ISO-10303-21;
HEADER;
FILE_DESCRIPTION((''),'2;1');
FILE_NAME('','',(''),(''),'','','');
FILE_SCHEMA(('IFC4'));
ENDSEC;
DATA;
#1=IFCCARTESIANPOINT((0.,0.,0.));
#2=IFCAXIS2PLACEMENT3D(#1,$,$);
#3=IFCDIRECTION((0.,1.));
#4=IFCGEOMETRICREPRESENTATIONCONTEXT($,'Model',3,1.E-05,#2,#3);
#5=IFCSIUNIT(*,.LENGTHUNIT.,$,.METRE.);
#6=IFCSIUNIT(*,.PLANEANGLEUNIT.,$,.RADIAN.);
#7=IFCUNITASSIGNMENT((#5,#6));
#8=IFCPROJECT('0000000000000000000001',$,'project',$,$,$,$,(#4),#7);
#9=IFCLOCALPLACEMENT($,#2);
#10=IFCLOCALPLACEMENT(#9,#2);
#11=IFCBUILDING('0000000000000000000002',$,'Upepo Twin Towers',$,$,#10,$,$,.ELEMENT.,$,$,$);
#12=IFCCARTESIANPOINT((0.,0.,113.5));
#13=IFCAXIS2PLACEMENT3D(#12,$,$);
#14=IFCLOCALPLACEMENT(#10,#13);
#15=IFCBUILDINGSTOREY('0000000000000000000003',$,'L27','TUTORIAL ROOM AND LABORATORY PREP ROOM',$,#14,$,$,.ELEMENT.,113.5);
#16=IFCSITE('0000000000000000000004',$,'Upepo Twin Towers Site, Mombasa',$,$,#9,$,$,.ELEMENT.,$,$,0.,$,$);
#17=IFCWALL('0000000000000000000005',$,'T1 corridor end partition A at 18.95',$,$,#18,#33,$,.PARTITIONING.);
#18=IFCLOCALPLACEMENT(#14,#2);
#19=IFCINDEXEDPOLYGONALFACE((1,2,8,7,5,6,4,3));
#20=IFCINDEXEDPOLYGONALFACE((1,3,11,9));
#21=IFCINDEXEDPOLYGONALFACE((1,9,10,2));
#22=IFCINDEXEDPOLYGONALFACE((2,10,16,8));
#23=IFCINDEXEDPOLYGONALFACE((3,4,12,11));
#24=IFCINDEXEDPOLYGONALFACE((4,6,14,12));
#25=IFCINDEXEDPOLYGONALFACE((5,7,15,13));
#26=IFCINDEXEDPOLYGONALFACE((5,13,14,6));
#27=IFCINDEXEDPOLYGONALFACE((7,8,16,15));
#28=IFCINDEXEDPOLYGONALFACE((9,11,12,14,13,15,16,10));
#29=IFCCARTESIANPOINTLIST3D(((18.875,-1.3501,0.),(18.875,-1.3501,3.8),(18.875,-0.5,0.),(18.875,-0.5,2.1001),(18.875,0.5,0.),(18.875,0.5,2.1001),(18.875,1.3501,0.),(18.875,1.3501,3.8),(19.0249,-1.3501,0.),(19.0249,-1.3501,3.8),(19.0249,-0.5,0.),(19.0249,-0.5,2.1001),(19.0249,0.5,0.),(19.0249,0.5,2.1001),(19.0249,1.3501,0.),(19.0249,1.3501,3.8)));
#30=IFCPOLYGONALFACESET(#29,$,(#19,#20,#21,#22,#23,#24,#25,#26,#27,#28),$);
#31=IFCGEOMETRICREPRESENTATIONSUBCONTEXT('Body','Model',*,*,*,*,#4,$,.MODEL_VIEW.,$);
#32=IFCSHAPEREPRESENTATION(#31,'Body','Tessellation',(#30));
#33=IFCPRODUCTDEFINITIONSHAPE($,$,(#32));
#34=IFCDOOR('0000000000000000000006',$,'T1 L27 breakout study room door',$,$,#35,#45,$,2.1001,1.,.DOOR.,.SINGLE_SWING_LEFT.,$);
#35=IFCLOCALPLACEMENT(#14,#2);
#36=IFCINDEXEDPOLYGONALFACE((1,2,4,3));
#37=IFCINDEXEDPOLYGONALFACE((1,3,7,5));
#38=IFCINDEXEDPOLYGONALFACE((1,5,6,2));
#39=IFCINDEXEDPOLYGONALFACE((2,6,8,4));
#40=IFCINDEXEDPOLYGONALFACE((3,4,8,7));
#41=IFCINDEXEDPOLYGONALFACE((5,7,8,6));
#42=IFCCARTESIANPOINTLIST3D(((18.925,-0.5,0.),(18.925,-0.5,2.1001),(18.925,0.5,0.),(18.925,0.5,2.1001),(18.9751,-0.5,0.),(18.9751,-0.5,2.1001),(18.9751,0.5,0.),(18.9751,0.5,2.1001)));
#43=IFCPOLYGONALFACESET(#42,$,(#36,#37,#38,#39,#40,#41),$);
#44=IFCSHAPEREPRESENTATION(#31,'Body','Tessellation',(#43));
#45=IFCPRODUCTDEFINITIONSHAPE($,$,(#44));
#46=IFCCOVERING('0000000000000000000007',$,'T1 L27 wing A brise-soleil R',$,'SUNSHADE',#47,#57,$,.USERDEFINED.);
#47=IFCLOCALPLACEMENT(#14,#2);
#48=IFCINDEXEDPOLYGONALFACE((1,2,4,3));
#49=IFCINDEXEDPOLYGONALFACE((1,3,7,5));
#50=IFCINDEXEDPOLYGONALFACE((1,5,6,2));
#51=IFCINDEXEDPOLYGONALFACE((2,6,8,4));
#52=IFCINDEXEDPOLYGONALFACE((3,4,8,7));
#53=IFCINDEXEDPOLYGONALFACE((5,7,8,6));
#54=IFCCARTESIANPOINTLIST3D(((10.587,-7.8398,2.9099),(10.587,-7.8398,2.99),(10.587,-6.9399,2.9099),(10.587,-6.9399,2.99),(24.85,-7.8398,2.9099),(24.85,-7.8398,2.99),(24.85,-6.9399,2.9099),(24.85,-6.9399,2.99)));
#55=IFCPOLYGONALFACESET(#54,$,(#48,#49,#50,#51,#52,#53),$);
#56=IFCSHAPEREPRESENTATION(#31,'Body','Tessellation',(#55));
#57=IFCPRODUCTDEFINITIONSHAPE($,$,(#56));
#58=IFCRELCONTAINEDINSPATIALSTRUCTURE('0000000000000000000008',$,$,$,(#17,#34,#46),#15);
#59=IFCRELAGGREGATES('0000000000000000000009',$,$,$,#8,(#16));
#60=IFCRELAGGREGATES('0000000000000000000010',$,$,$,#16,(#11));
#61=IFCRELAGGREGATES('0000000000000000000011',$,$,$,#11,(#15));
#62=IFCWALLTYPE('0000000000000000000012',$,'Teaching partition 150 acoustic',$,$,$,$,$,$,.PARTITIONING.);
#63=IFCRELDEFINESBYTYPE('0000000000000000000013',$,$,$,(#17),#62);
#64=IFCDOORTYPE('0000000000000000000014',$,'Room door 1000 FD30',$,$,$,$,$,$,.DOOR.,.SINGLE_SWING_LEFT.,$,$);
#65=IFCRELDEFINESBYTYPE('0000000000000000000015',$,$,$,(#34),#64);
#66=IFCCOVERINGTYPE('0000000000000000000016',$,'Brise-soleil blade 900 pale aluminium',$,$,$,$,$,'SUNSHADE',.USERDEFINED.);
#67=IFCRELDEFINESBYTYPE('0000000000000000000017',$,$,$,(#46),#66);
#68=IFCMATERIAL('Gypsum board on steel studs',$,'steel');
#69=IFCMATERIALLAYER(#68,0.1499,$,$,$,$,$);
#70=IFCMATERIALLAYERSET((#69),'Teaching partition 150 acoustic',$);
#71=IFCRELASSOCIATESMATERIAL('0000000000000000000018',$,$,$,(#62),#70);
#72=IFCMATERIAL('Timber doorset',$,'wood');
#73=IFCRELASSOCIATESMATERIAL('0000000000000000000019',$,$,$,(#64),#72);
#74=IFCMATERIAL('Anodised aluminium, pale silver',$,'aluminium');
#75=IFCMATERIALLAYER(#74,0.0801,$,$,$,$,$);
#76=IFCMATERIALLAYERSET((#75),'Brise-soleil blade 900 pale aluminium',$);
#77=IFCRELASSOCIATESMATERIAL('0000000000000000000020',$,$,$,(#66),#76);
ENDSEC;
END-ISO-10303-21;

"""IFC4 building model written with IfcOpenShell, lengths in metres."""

from ifc_helpers import new_model, si_unit, direction, frame, frame_2d, origin, origin_2d, place, context, subcontext, project, spatial, rectangle, extrude, material, layer, layer_set, type_object, element, fill, save


model = new_model("IFC4")

# Units and contexts
model_context = context("Model", 3, precision=1e-05, world=origin(), true_north=direction((0.0, 1.0)))
body_context = subcontext(model_context, "Body", "Model", "MODEL_VIEW")
ifc_project = project(units=[si_unit("LENGTHUNIT", "METRE"), si_unit("PLANEANGLEUNIT", "RADIAN")], contexts=[model_context])

# Site, building, storey
site_placement = place(None, origin())
site = spatial("IfcSite", under=ifc_project, at=site_placement, Name="Upepo Twin Towers Site, Mombasa", CompositionType="ELEMENT", RefElevation=0.0)
building_placement = place(site_placement, origin())
building = spatial("IfcBuilding", under=site, at=building_placement, Name="Upepo Twin Towers", CompositionType="ELEMENT")
storey_placement = place(building_placement, frame((0.0, 0.0, 113.5)))
storey = spatial("IfcBuildingStorey", under=building, at=storey_placement, Name="L27", Description="TUTORIAL ROOM AND LABORATORY PREP ROOM", CompositionType="ELEMENT", Elevation=113.5)

# Wall, opening, door
ifc_material_1 = material(Name="Gypsum board on steel studs", Category="steel")
ifc_layer_1 = layer(ifc_material_1, 0.1499)
ifc_layer_set_1 = layer_set([ifc_layer_1], Name="Teaching partition 150 acoustic")
wall_type_1 = type_object("IfcWallType", Name="Teaching partition 150 acoustic", PredefinedType="PARTITIONING", material=ifc_layer_set_1)
wall_1_placement = place(storey_placement, frame((18.95, -1.3501, 0.0), z_axis=(0.0, 0.0, 1.0), x_axis=(0.0, 1.0, 0.0)))
wall_1 = element("IfcWall", 1, at=wall_1_placement, inside=storey, type_object=wall_type_1, Name="T1 corridor end partition A at 18.95", PredefinedType="PARTITIONING", context=body_context, shape_type="SweptSolid", body=[
    extrude(rectangle(XDim=2.7002, YDim=0.1499, at=frame_2d((1.3501, 0.0))), origin(), (0.0, 0.0, 1.0), 3.8),
])
opening_1_placement = place(wall_1_placement, frame((0.8501, 0.0, 0.0)))
opening_1 = element("IfcOpeningElement", 2, at=opening_1_placement, cuts=wall_1, PredefinedType="OPENING", context=body_context, shape_type="SweptSolid", body=[
    extrude(rectangle(XDim=1.0, YDim=2.1001, at=frame_2d((0.5, 1.05))), frame((0.0, 0.085, 0.0), z_axis=(0.0, -1.0, 0.0), x_axis=(1.0, 0.0, 0.0)), (0.0, 0.0, 1.0), 0.1699),
])
ifc_material_2 = material(Name="Timber doorset", Category="wood")
door_type_1 = type_object("IfcDoorType", Name="Room door 1000 FD30", OperationType="SINGLE_SWING_LEFT", PredefinedType="DOOR", material=ifc_material_2)
door_1_placement = place(opening_1_placement, origin())
door_1 = element("IfcDoor", 3, at=door_1_placement, inside=storey, type_object=door_type_1, Name="T1 L27 breakout study room door", OperationType="SINGLE_SWING_LEFT", OverallHeight=2.1001, OverallWidth=1.0, PredefinedType="DOOR", context=body_context, shape_type="SweptSolid", body=[
    extrude(rectangle(XDim=1.0, YDim=2.1001, at=frame_2d((0.5, 1.05))), frame((0.0, 0.0249, 0.0), z_axis=(0.0, -1.0, 0.0), x_axis=(1.0, 0.0, 0.0)), (0.0, 0.0, 1.0), 0.05),
])
fill(opening_1, door_1)

# Covering
ifc_material_3 = material(Name="Anodised aluminium, pale silver", Category="aluminium")
ifc_layer_2 = layer(ifc_material_3, 0.0801)
ifc_layer_set_2 = layer_set([ifc_layer_2], Name="Brise-soleil blade 900 pale aluminium")
covering_type = type_object("IfcCoveringType", Name="Brise-soleil blade 900 pale aluminium", ElementType="SUNSHADE", PredefinedType="USERDEFINED", material=ifc_layer_set_2)
covering_placement = place(storey_placement, frame((17.7185, -7.3899, 2.9099), z_axis=(0.0, 0.0, 1.0), x_axis=(1.0, 0.0, 0.0)))
element("IfcCovering", 4, at=covering_placement, inside=storey, type_object=covering_type, Name="T1 L27 wing A brise-soleil R", ObjectType="SUNSHADE", PredefinedType="USERDEFINED", context=body_context, shape_type="SweptSolid", body=[
    extrude(rectangle(XDim=14.2629, YDim=0.8999, at=origin_2d()), origin(), (0.0, 0.0, 1.0), 0.0801),
])

save(model, "model.ifc")
